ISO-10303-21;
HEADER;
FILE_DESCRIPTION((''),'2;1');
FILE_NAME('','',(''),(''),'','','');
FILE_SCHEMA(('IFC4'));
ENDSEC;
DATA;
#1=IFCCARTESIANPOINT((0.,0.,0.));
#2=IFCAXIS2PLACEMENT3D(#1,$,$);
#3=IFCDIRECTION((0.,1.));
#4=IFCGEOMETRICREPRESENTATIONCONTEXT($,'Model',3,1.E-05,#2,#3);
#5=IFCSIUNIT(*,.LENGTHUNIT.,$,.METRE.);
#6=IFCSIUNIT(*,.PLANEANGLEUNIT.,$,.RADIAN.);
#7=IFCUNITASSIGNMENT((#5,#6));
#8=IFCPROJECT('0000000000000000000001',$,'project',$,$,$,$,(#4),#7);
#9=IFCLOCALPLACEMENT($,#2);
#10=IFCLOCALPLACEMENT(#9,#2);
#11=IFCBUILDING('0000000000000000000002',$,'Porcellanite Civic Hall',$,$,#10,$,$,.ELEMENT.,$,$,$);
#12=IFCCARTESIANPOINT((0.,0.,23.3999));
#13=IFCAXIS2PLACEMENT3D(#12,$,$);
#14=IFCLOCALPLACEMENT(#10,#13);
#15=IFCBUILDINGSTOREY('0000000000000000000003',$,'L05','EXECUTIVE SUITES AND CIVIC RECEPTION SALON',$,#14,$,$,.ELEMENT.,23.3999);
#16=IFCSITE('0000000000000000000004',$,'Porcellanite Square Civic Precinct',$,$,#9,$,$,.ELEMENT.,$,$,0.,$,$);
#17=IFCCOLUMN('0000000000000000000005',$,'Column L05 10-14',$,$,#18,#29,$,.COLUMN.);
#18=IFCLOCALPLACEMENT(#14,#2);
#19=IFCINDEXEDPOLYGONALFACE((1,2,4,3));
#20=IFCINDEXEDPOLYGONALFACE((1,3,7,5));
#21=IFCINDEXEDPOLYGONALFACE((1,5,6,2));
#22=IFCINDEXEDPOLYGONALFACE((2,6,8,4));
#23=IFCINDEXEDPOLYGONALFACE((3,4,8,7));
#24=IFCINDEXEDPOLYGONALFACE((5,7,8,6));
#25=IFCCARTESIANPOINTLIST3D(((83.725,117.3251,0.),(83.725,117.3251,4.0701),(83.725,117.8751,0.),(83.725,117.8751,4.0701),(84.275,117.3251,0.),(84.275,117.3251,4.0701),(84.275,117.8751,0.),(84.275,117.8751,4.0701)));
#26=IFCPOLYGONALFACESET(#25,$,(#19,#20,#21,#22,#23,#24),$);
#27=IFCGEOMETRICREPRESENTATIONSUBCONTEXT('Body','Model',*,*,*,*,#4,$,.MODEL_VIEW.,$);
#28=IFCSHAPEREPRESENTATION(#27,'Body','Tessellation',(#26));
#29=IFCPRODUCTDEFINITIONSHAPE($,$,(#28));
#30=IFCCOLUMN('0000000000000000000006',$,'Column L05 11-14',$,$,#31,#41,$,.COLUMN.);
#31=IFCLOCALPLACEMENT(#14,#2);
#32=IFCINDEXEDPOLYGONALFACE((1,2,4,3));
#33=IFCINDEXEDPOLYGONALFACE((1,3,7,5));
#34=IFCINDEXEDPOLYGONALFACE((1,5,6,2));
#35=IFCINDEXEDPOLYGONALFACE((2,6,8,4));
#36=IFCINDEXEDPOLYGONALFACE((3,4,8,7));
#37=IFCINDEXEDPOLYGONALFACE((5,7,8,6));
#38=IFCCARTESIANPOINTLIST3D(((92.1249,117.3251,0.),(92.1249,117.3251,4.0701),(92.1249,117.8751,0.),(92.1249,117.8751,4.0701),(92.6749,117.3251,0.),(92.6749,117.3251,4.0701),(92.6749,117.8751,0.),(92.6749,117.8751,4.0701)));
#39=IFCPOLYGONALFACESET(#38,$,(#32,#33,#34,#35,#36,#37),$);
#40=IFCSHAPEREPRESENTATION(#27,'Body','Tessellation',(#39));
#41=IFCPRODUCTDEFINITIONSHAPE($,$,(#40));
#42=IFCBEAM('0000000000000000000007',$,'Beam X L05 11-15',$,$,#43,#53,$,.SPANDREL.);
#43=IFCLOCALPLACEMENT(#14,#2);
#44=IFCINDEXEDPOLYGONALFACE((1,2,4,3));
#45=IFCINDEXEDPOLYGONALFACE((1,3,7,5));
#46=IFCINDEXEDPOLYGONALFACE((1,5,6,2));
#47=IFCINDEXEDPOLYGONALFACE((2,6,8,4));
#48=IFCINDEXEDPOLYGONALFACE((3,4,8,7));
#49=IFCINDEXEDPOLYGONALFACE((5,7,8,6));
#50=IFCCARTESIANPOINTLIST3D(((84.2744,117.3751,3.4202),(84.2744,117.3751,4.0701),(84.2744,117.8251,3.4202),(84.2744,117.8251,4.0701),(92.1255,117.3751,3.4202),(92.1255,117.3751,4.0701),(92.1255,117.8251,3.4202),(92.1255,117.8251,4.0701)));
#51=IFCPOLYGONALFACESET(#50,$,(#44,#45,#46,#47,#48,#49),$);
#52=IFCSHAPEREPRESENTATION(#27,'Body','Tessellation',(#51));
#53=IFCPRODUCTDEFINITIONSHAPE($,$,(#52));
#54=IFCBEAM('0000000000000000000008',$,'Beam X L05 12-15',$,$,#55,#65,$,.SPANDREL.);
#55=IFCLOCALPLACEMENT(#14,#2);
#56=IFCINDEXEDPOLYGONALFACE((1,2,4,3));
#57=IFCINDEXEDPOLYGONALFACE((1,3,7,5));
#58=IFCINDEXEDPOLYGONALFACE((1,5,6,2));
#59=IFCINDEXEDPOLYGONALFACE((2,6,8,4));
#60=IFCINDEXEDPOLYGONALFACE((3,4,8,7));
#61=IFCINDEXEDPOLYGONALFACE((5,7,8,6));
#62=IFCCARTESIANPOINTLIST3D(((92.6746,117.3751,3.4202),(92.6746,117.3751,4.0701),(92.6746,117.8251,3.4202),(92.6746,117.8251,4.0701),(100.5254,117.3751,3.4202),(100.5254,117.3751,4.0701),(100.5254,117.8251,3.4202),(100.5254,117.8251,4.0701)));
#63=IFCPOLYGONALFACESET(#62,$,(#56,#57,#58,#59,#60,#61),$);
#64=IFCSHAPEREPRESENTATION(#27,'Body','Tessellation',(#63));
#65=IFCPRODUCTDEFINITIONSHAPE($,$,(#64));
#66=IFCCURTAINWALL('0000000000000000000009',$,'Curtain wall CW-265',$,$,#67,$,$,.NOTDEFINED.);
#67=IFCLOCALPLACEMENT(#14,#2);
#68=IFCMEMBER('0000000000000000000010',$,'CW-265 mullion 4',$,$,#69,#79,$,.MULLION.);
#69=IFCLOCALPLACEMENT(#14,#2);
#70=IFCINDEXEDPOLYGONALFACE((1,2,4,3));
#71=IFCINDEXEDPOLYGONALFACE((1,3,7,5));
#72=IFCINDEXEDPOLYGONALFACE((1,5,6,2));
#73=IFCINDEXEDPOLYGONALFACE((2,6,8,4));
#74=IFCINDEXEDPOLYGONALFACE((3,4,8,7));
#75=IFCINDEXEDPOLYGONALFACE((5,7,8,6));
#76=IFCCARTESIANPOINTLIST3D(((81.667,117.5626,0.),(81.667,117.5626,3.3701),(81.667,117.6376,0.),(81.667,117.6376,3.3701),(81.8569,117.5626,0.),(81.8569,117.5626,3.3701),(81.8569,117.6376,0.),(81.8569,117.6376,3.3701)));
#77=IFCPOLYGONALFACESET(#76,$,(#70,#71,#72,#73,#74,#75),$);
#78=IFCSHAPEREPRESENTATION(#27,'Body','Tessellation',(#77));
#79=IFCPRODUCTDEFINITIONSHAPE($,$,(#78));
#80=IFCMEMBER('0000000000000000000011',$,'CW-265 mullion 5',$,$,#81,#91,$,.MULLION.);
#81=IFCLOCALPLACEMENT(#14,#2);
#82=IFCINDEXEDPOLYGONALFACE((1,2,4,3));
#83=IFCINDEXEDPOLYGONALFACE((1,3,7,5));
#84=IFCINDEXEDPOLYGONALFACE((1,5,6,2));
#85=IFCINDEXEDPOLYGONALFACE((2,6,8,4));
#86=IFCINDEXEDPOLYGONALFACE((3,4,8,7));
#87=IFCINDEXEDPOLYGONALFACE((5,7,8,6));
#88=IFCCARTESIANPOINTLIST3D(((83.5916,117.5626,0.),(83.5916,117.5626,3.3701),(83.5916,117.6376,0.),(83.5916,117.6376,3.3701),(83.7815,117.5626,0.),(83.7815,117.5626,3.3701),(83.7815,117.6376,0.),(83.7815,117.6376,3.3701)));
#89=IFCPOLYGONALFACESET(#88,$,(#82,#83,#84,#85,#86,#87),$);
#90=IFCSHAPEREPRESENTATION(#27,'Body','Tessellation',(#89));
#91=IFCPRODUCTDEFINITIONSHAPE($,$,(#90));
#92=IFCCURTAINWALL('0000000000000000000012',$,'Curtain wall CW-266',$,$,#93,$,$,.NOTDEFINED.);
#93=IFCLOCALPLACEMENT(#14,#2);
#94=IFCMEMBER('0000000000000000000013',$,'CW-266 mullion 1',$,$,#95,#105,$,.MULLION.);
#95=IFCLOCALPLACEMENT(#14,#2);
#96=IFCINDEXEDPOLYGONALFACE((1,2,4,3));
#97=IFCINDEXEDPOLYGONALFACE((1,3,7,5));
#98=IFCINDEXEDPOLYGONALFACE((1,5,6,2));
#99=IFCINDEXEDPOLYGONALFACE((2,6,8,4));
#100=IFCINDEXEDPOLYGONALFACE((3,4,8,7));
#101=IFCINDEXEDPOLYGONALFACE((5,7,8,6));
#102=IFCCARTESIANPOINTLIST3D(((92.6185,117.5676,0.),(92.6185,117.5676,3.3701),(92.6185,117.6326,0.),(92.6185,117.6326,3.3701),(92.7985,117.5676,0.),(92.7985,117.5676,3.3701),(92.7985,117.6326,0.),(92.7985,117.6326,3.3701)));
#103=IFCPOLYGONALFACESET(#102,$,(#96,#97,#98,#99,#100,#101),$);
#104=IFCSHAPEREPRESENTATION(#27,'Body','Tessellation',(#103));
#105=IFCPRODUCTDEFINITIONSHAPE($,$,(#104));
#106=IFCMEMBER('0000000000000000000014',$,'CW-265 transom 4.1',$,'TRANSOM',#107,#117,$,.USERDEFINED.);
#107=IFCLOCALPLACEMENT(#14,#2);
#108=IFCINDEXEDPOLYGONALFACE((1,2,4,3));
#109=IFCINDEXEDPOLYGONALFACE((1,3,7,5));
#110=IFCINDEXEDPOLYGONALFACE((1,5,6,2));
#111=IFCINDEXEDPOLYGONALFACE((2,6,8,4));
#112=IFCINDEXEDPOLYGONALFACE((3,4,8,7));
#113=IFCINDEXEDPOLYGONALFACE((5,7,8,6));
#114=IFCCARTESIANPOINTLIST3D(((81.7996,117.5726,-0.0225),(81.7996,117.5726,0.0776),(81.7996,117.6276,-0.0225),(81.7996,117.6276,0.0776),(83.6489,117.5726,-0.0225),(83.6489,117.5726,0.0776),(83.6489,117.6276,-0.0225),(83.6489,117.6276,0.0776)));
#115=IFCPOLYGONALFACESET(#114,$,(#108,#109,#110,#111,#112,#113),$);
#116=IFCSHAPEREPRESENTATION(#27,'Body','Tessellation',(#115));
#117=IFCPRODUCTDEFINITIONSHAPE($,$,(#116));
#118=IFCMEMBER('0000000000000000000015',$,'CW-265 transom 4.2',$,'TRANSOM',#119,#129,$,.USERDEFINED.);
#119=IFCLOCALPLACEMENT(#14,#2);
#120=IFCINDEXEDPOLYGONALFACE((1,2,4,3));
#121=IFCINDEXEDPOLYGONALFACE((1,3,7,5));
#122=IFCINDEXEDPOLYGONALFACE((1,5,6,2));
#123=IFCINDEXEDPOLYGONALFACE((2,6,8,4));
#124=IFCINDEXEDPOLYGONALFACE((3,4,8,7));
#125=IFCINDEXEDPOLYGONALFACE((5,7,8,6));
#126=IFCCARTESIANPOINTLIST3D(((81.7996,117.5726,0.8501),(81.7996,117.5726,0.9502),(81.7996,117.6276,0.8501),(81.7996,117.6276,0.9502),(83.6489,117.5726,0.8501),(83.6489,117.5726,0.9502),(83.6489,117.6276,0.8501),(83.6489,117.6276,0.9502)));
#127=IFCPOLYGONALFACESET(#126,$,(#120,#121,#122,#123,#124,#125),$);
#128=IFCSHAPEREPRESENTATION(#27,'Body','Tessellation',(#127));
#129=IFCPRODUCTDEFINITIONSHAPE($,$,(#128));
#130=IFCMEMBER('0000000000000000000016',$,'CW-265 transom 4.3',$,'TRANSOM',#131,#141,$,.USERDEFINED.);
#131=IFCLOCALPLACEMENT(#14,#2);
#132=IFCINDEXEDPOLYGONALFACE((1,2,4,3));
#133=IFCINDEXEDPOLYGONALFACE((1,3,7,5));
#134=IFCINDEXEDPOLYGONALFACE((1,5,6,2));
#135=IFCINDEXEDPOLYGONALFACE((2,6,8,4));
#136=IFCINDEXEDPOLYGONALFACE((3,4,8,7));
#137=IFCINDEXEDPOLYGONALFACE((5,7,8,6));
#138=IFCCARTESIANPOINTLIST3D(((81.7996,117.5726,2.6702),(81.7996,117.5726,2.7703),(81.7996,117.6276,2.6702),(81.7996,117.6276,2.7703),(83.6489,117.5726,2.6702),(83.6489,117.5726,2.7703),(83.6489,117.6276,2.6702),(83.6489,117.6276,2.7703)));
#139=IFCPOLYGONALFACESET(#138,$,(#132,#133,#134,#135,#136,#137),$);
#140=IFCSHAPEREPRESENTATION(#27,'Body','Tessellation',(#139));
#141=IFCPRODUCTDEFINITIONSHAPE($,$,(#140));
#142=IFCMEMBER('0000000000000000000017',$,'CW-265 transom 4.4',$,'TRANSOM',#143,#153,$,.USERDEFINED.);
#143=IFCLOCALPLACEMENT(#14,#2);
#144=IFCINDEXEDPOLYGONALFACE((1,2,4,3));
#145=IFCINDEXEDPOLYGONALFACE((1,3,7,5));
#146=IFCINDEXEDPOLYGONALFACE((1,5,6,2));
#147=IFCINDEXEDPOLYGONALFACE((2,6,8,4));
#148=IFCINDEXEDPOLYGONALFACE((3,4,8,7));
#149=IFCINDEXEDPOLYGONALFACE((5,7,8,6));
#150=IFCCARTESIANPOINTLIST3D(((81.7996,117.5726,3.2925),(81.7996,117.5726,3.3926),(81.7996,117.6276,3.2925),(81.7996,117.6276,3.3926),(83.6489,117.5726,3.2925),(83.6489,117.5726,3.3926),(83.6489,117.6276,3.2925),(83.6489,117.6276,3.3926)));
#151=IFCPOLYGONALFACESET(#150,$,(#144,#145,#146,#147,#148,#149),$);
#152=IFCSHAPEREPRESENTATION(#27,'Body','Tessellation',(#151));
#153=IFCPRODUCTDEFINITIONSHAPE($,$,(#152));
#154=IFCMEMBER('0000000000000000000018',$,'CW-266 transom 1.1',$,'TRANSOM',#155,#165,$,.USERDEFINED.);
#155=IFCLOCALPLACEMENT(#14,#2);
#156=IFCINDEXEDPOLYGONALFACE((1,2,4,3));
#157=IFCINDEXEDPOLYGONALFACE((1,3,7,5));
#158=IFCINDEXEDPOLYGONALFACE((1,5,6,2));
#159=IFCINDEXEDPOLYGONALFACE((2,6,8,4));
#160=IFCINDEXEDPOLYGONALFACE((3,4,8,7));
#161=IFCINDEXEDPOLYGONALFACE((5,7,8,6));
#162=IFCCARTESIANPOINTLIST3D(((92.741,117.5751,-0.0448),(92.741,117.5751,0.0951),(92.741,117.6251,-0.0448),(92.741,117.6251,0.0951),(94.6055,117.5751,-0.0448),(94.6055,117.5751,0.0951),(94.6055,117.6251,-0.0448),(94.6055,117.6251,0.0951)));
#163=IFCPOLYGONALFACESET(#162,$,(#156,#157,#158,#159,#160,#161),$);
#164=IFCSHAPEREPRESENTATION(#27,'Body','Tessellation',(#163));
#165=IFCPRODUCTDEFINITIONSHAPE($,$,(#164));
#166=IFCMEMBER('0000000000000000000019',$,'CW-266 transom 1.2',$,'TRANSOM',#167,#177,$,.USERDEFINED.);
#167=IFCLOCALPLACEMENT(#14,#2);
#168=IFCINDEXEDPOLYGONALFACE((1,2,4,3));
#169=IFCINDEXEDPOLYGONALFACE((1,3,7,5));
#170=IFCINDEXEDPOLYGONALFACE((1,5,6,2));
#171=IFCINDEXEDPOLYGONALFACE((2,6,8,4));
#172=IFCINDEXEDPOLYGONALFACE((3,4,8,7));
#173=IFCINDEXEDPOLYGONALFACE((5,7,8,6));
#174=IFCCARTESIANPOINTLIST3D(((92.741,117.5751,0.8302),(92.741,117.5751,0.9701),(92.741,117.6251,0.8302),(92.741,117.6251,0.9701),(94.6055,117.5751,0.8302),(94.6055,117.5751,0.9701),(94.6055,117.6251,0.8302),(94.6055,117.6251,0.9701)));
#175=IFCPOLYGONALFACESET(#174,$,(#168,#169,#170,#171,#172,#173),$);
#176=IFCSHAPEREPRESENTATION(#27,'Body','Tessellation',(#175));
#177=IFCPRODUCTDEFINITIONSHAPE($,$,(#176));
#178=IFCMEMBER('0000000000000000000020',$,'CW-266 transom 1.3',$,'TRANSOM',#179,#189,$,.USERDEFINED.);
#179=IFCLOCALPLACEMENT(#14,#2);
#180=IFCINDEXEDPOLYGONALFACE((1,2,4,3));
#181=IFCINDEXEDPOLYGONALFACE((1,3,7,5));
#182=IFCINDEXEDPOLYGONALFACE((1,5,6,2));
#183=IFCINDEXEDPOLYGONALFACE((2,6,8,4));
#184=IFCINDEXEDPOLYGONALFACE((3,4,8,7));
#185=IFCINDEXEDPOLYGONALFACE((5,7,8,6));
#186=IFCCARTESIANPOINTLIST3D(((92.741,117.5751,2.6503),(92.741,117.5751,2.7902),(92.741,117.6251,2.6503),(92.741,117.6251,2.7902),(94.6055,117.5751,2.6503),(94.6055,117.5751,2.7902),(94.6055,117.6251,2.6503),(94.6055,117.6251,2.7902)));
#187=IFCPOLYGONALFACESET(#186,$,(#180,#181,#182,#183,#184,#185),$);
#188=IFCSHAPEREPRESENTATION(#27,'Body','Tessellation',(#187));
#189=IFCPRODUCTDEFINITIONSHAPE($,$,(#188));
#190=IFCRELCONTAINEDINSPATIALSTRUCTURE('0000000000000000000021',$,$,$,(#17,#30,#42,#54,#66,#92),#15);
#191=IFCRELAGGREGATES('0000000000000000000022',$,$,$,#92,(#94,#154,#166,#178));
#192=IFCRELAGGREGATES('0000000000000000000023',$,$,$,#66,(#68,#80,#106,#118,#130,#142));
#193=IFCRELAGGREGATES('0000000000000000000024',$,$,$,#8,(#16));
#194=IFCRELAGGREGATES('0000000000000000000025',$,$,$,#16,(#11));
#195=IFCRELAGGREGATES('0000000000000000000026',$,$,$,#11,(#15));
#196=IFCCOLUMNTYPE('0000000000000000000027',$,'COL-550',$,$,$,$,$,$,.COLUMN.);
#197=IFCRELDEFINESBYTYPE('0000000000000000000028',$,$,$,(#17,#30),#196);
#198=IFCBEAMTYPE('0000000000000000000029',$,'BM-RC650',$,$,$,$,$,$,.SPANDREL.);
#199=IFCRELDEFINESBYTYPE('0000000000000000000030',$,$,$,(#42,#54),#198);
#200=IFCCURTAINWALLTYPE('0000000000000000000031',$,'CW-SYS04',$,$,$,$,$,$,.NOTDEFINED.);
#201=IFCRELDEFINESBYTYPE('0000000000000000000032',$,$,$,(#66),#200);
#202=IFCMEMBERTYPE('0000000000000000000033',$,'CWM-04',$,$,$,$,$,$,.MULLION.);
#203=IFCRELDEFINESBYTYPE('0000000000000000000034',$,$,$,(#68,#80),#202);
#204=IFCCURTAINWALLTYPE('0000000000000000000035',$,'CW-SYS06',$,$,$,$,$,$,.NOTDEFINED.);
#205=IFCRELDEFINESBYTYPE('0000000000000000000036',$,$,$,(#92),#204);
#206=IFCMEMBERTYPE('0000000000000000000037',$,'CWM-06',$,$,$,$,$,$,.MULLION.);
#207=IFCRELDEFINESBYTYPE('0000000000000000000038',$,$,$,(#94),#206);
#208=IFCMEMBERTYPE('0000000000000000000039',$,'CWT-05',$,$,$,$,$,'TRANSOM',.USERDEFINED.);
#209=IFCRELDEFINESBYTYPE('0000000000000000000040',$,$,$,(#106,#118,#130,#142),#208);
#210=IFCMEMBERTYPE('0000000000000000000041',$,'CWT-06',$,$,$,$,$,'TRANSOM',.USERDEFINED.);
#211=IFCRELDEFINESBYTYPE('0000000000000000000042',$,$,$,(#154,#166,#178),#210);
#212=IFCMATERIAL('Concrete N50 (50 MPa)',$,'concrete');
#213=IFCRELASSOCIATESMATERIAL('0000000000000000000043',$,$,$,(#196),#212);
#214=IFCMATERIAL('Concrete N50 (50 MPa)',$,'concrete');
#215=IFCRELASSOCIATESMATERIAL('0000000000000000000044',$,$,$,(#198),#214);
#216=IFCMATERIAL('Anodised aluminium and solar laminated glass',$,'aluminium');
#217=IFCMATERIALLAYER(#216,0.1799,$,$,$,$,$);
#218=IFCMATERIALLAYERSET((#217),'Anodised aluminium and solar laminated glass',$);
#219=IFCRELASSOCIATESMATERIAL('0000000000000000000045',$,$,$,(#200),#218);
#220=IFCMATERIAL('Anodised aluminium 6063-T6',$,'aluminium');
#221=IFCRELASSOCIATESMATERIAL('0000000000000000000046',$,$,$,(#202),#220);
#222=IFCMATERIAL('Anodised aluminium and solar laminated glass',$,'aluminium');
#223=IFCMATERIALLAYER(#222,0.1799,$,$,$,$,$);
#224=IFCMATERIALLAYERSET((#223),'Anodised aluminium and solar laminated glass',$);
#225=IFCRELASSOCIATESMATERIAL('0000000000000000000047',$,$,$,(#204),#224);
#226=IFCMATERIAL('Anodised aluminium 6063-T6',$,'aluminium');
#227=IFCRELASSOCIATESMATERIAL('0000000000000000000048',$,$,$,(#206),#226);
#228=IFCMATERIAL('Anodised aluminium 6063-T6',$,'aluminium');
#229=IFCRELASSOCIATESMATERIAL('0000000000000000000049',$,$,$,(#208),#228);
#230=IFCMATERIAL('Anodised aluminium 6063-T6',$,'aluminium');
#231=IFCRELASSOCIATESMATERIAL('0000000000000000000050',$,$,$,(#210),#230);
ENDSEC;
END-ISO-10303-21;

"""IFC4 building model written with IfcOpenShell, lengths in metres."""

from ifc_helpers import new_model, si_unit, direction, frame, origin, origin_2d, place, context, subcontext, project, spatial, rectangle, extrude, material, layer, layer_set, material_profile, profile_set, type_object, element, aggregate, save


model = new_model("IFC4")

# Units and contexts
model_context = context("Model", 3, precision=1e-05, world=origin(), true_north=direction((0.0, 1.0)))
body_context = subcontext(model_context, "Body", "Model", "MODEL_VIEW")
ifc_project = project(units=[si_unit("LENGTHUNIT", "METRE"), si_unit("PLANEANGLEUNIT", "RADIAN")], contexts=[model_context])

# Site, building, storey
site_placement = place(None, origin())
site = spatial("IfcSite", under=ifc_project, at=site_placement, Name="Porcellanite Square Civic Precinct", CompositionType="ELEMENT", RefElevation=0.0)
building_placement = place(site_placement, origin())
building = spatial("IfcBuilding", under=site, at=building_placement, Name="Porcellanite Civic Hall", CompositionType="ELEMENT")
storey_placement = place(building_placement, frame((0.0, 0.0, 23.3999)))
storey = spatial("IfcBuildingStorey", under=building, at=storey_placement, Name="L05", Description="EXECUTIVE SUITES AND CIVIC RECEPTION SALON", CompositionType="ELEMENT", Elevation=23.3999)

# Columns
ifc_material_1 = material(Name="Concrete N50 (50 MPa)", Category="concrete")
ifc_material_profile_1 = material_profile(ifc_material_1, rectangle(XDim=0.55, YDim=0.55, at=origin_2d()), Name="RC-550x550")
ifc_profile_set_1 = profile_set([ifc_material_profile_1], Name="Concrete N50 (50 MPa)")
column_type = type_object("IfcColumnType", Name="COL-550", PredefinedType="COLUMN", material=ifc_profile_set_1)
for number, where, z_axis, x_axis, name in (
    (1, (84.0, 117.6001, 0.0), (0.0, 0.0, 1.0), (1.0, 0.0, 0.0), "Column L05 10-14"),
    (2, (92.3999, 117.6001, 0.0), (0.0, 0.0, 1.0), (1.0, 0.0, 0.0), "Column L05 11-14"),
):
    element("IfcColumn", number, at=place(storey_placement, frame(where, z_axis=z_axis, x_axis=x_axis)), inside=storey, type_object=column_type, Name=name, PredefinedType="COLUMN", context=body_context, shape_type="SweptSolid", body=[
        extrude(rectangle(XDim=0.55, YDim=0.55, at=origin_2d()), origin(), (0.0, 0.0, 1.0), 4.0701),
    ])

# Beams
ifc_material_2 = material(Name="Concrete N50 (50 MPa)", Category="concrete")
ifc_material_profile_2 = material_profile(ifc_material_2, rectangle(XDim=0.45, YDim=0.6499, at=origin_2d()), Name="RC-450x650")
ifc_profile_set_2 = profile_set([ifc_material_profile_2], Name="Concrete N50 (50 MPa)")
beam_type = type_object("IfcBeamType", Name="BM-RC650", PredefinedType="SPANDREL", material=ifc_profile_set_2)
beam_1_placement = place(storey_placement, frame((84.2744, 117.6001, 3.7451), z_axis=(1.0, 0.0, 0.0), x_axis=(0.0, 1.0, 0.0)))
element("IfcBeam", 3, at=beam_1_placement, inside=storey, type_object=beam_type, Name="Beam X L05 11-15", PredefinedType="SPANDREL", context=body_context, shape_type="SweptSolid", body=[
    extrude(rectangle(XDim=0.45, YDim=0.6499, at=origin_2d()), origin(), (0.0, 0.0, 1.0), 7.8511),
])
beam_2_placement = place(storey_placement, frame((92.6746, 117.6001, 3.7451), z_axis=(1.0, 0.0, 0.0), x_axis=(0.0, 1.0, 0.0)))
element("IfcBeam", 4, at=beam_2_placement, inside=storey, type_object=beam_type, Name="Beam X L05 12-15", PredefinedType="SPANDREL", context=body_context, shape_type="SweptSolid", body=[
    extrude(rectangle(XDim=0.45, YDim=0.6499, at=origin_2d()), origin(), (0.0, 0.0, 1.0), 7.8508),
])

# Curtain wall, members
ifc_material_3 = material(Name="Anodised aluminium and solar laminated glass", Category="aluminium")
ifc_layer_1 = layer(ifc_material_3, 0.1799)
ifc_layer_set_1 = layer_set([ifc_layer_1], Name="Anodised aluminium and solar laminated glass")
curtain_wall_type_1 = type_object("IfcCurtainWallType", Name="CW-SYS04", PredefinedType="NOTDEFINED", material=ifc_layer_set_1)
curtain_wall_1_placement = place(storey_placement, origin())
curtain_wall_1 = element("IfcCurtainWall", 5, at=curtain_wall_1_placement, inside=storey, type_object=curtain_wall_type_1, Name="Curtain wall CW-265", PredefinedType="NOTDEFINED")
ifc_material_4 = material(Name="Anodised aluminium 6063-T6", Category="aluminium")
ifc_material_profile_3 = material_profile(ifc_material_4, rectangle(XDim=0.075, YDim=0.1899, at=origin_2d()), Name="AL-75x190")
ifc_profile_set_3 = profile_set([ifc_material_profile_3], Name="Anodised aluminium 6063-T6")
member_type_1 = type_object("IfcMemberType", Name="CWM-04", PredefinedType="MULLION", material=ifc_profile_set_3)
member_1_placement = place(storey_placement, frame((81.762, 117.6001, 0.0), z_axis=(0.0, 0.0, 1.0), x_axis=(0.0, 1.0, 0.0)))
member_1 = element("IfcMember", 6, at=member_1_placement, type_object=member_type_1, Name="CW-265 mullion 4", PredefinedType="MULLION", context=body_context, shape_type="SweptSolid", body=[
    extrude(rectangle(XDim=0.075, YDim=0.1899, at=origin_2d()), origin(), (0.0, 0.0, 1.0), 3.3701),
])
member_2_placement = place(storey_placement, frame((83.6865, 117.6001, 0.0), z_axis=(0.0, 0.0, 1.0), x_axis=(0.0, 1.0, 0.0)))
member_2 = element("IfcMember", 7, at=member_2_placement, type_object=member_type_1, Name="CW-265 mullion 5", PredefinedType="MULLION", context=body_context, shape_type="SweptSolid", body=[
    extrude(rectangle(XDim=0.075, YDim=0.1899, at=origin_2d()), origin(), (0.0, 0.0, 1.0), 3.3701),
])

# Curtain wall, member
ifc_material_5 = material(Name="Anodised aluminium and solar laminated glass", Category="aluminium")
ifc_layer_2 = layer(ifc_material_5, 0.1799)
ifc_layer_set_2 = layer_set([ifc_layer_2], Name="Anodised aluminium and solar laminated glass")
curtain_wall_type_2 = type_object("IfcCurtainWallType", Name="CW-SYS06", PredefinedType="NOTDEFINED", material=ifc_layer_set_2)
curtain_wall_2_placement = place(storey_placement, origin())
curtain_wall_2 = element("IfcCurtainWall", 8, at=curtain_wall_2_placement, inside=storey, type_object=curtain_wall_type_2, Name="Curtain wall CW-266", PredefinedType="NOTDEFINED")
ifc_material_6 = material(Name="Anodised aluminium 6063-T6", Category="aluminium")
ifc_material_profile_4 = material_profile(ifc_material_6, rectangle(XDim=0.0649, YDim=0.1799, at=origin_2d()), Name="AL-65x180")
ifc_profile_set_4 = profile_set([ifc_material_profile_4], Name="Anodised aluminium 6063-T6")
member_type_2 = type_object("IfcMemberType", Name="CWM-06", PredefinedType="MULLION", material=ifc_profile_set_4)
member_3_placement = place(storey_placement, frame((92.7085, 117.6001, 0.0), z_axis=(0.0, 0.0, 1.0), x_axis=(0.0, 1.0, 0.0)))
member_3 = element("IfcMember", 9, at=member_3_placement, type_object=member_type_2, Name="CW-266 mullion 1", PredefinedType="MULLION", context=body_context, shape_type="SweptSolid", body=[
    extrude(rectangle(XDim=0.0649, YDim=0.1799, at=origin_2d()), origin(), (0.0, 0.0, 1.0), 3.3701),
])

# Members
ifc_material_7 = material(Name="Anodised aluminium 6063-T6", Category="aluminium")
ifc_material_profile_5 = material_profile(ifc_material_7, rectangle(XDim=0.0549, YDim=0.1001, at=origin_2d()), Name="AL-55x100")
ifc_profile_set_5 = profile_set([ifc_material_profile_5], Name="Anodised aluminium 6063-T6")
member_type_3 = type_object("IfcMemberType", Name="CWT-05", ElementType="TRANSOM", PredefinedType="USERDEFINED", material=ifc_profile_set_5)
member_4_placement = place(storey_placement, frame((81.7996, 117.6001, 0.0276), z_axis=(1.0, 0.0, 0.0), x_axis=(0.0, 1.0, 0.0)))
member_4 = element("IfcMember", 10, at=member_4_placement, type_object=member_type_3, Name="CW-265 transom 4.1", ObjectType="TRANSOM", PredefinedType="USERDEFINED", context=body_context, shape_type="SweptSolid", body=[
    extrude(rectangle(XDim=0.0549, YDim=0.1001, at=origin_2d()), origin(), (0.0, 0.0, 1.0), 1.8494),
])
member_5_placement = place(storey_placement, frame((81.7996, 117.6001, 0.9001), z_axis=(1.0, 0.0, 0.0), x_axis=(0.0, 1.0, 0.0)))
member_5 = element("IfcMember", 11, at=member_5_placement, type_object=member_type_3, Name="CW-265 transom 4.2", ObjectType="TRANSOM", PredefinedType="USERDEFINED", context=body_context, shape_type="SweptSolid", body=[
    extrude(rectangle(XDim=0.0549, YDim=0.1001, at=origin_2d()), origin(), (0.0, 0.0, 1.0), 1.8494),
])
member_6_placement = place(storey_placement, frame((81.7996, 117.6001, 2.7202), z_axis=(1.0, 0.0, 0.0), x_axis=(0.0, 1.0, 0.0)))
member_6 = element("IfcMember", 12, at=member_6_placement, type_object=member_type_3, Name="CW-265 transom 4.3", ObjectType="TRANSOM", PredefinedType="USERDEFINED", context=body_context, shape_type="SweptSolid", body=[
    extrude(rectangle(XDim=0.0549, YDim=0.1001, at=origin_2d()), origin(), (0.0, 0.0, 1.0), 1.8494),
])
member_7_placement = place(storey_placement, frame((81.7996, 117.6001, 3.3425), z_axis=(1.0, 0.0, 0.0), x_axis=(0.0, 1.0, 0.0)))
member_7 = element("IfcMember", 13, at=member_7_placement, type_object=member_type_3, Name="CW-265 transom 4.4", ObjectType="TRANSOM", PredefinedType="USERDEFINED", context=body_context, shape_type="SweptSolid", body=[
    extrude(rectangle(XDim=0.0549, YDim=0.1001, at=origin_2d()), origin(), (0.0, 0.0, 1.0), 1.8494),
])
ifc_material_8 = material(Name="Anodised aluminium 6063-T6", Category="aluminium")
ifc_material_profile_6 = material_profile(ifc_material_8, rectangle(XDim=0.05, YDim=0.1399, at=origin_2d()), Name="AL-50x140")
ifc_profile_set_6 = profile_set([ifc_material_profile_6], Name="Anodised aluminium 6063-T6")
member_type_4 = type_object("IfcMemberType", Name="CWT-06", ElementType="TRANSOM", PredefinedType="USERDEFINED", material=ifc_profile_set_6)
member_8_placement = place(storey_placement, frame((92.741, 117.6001, 0.0251), z_axis=(1.0, 0.0, 0.0), x_axis=(0.0, 1.0, 0.0)))
member_8 = element("IfcMember", 14, at=member_8_placement, type_object=member_type_4, Name="CW-266 transom 1.1", ObjectType="TRANSOM", PredefinedType="USERDEFINED", context=body_context, shape_type="SweptSolid", body=[
    extrude(rectangle(XDim=0.05, YDim=0.1399, at=origin_2d()), origin(), (0.0, 0.0, 1.0), 1.8645),
])
member_9_placement = place(storey_placement, frame((92.741, 117.6001, 0.9001), z_axis=(1.0, 0.0, 0.0), x_axis=(0.0, 1.0, 0.0)))
member_9 = element("IfcMember", 15, at=member_9_placement, type_object=member_type_4, Name="CW-266 transom 1.2", ObjectType="TRANSOM", PredefinedType="USERDEFINED", context=body_context, shape_type="SweptSolid", body=[
    extrude(rectangle(XDim=0.05, YDim=0.1399, at=origin_2d()), origin(), (0.0, 0.0, 1.0), 1.8645),
])
member_10_placement = place(storey_placement, frame((92.741, 117.6001, 2.7202), z_axis=(1.0, 0.0, 0.0), x_axis=(0.0, 1.0, 0.0)))
member_10 = element("IfcMember", 16, at=member_10_placement, type_object=member_type_4, Name="CW-266 transom 1.3", ObjectType="TRANSOM", PredefinedType="USERDEFINED", context=body_context, shape_type="SweptSolid", body=[
    extrude(rectangle(XDim=0.05, YDim=0.1399, at=origin_2d()), origin(), (0.0, 0.0, 1.0), 1.8645),
])
aggregate(curtain_wall_2, [member_3, member_8, member_9, member_10])

aggregate(curtain_wall_1, [member_1, member_2, member_4, member_5, member_6, member_7])

save(model, "model.ifc")
